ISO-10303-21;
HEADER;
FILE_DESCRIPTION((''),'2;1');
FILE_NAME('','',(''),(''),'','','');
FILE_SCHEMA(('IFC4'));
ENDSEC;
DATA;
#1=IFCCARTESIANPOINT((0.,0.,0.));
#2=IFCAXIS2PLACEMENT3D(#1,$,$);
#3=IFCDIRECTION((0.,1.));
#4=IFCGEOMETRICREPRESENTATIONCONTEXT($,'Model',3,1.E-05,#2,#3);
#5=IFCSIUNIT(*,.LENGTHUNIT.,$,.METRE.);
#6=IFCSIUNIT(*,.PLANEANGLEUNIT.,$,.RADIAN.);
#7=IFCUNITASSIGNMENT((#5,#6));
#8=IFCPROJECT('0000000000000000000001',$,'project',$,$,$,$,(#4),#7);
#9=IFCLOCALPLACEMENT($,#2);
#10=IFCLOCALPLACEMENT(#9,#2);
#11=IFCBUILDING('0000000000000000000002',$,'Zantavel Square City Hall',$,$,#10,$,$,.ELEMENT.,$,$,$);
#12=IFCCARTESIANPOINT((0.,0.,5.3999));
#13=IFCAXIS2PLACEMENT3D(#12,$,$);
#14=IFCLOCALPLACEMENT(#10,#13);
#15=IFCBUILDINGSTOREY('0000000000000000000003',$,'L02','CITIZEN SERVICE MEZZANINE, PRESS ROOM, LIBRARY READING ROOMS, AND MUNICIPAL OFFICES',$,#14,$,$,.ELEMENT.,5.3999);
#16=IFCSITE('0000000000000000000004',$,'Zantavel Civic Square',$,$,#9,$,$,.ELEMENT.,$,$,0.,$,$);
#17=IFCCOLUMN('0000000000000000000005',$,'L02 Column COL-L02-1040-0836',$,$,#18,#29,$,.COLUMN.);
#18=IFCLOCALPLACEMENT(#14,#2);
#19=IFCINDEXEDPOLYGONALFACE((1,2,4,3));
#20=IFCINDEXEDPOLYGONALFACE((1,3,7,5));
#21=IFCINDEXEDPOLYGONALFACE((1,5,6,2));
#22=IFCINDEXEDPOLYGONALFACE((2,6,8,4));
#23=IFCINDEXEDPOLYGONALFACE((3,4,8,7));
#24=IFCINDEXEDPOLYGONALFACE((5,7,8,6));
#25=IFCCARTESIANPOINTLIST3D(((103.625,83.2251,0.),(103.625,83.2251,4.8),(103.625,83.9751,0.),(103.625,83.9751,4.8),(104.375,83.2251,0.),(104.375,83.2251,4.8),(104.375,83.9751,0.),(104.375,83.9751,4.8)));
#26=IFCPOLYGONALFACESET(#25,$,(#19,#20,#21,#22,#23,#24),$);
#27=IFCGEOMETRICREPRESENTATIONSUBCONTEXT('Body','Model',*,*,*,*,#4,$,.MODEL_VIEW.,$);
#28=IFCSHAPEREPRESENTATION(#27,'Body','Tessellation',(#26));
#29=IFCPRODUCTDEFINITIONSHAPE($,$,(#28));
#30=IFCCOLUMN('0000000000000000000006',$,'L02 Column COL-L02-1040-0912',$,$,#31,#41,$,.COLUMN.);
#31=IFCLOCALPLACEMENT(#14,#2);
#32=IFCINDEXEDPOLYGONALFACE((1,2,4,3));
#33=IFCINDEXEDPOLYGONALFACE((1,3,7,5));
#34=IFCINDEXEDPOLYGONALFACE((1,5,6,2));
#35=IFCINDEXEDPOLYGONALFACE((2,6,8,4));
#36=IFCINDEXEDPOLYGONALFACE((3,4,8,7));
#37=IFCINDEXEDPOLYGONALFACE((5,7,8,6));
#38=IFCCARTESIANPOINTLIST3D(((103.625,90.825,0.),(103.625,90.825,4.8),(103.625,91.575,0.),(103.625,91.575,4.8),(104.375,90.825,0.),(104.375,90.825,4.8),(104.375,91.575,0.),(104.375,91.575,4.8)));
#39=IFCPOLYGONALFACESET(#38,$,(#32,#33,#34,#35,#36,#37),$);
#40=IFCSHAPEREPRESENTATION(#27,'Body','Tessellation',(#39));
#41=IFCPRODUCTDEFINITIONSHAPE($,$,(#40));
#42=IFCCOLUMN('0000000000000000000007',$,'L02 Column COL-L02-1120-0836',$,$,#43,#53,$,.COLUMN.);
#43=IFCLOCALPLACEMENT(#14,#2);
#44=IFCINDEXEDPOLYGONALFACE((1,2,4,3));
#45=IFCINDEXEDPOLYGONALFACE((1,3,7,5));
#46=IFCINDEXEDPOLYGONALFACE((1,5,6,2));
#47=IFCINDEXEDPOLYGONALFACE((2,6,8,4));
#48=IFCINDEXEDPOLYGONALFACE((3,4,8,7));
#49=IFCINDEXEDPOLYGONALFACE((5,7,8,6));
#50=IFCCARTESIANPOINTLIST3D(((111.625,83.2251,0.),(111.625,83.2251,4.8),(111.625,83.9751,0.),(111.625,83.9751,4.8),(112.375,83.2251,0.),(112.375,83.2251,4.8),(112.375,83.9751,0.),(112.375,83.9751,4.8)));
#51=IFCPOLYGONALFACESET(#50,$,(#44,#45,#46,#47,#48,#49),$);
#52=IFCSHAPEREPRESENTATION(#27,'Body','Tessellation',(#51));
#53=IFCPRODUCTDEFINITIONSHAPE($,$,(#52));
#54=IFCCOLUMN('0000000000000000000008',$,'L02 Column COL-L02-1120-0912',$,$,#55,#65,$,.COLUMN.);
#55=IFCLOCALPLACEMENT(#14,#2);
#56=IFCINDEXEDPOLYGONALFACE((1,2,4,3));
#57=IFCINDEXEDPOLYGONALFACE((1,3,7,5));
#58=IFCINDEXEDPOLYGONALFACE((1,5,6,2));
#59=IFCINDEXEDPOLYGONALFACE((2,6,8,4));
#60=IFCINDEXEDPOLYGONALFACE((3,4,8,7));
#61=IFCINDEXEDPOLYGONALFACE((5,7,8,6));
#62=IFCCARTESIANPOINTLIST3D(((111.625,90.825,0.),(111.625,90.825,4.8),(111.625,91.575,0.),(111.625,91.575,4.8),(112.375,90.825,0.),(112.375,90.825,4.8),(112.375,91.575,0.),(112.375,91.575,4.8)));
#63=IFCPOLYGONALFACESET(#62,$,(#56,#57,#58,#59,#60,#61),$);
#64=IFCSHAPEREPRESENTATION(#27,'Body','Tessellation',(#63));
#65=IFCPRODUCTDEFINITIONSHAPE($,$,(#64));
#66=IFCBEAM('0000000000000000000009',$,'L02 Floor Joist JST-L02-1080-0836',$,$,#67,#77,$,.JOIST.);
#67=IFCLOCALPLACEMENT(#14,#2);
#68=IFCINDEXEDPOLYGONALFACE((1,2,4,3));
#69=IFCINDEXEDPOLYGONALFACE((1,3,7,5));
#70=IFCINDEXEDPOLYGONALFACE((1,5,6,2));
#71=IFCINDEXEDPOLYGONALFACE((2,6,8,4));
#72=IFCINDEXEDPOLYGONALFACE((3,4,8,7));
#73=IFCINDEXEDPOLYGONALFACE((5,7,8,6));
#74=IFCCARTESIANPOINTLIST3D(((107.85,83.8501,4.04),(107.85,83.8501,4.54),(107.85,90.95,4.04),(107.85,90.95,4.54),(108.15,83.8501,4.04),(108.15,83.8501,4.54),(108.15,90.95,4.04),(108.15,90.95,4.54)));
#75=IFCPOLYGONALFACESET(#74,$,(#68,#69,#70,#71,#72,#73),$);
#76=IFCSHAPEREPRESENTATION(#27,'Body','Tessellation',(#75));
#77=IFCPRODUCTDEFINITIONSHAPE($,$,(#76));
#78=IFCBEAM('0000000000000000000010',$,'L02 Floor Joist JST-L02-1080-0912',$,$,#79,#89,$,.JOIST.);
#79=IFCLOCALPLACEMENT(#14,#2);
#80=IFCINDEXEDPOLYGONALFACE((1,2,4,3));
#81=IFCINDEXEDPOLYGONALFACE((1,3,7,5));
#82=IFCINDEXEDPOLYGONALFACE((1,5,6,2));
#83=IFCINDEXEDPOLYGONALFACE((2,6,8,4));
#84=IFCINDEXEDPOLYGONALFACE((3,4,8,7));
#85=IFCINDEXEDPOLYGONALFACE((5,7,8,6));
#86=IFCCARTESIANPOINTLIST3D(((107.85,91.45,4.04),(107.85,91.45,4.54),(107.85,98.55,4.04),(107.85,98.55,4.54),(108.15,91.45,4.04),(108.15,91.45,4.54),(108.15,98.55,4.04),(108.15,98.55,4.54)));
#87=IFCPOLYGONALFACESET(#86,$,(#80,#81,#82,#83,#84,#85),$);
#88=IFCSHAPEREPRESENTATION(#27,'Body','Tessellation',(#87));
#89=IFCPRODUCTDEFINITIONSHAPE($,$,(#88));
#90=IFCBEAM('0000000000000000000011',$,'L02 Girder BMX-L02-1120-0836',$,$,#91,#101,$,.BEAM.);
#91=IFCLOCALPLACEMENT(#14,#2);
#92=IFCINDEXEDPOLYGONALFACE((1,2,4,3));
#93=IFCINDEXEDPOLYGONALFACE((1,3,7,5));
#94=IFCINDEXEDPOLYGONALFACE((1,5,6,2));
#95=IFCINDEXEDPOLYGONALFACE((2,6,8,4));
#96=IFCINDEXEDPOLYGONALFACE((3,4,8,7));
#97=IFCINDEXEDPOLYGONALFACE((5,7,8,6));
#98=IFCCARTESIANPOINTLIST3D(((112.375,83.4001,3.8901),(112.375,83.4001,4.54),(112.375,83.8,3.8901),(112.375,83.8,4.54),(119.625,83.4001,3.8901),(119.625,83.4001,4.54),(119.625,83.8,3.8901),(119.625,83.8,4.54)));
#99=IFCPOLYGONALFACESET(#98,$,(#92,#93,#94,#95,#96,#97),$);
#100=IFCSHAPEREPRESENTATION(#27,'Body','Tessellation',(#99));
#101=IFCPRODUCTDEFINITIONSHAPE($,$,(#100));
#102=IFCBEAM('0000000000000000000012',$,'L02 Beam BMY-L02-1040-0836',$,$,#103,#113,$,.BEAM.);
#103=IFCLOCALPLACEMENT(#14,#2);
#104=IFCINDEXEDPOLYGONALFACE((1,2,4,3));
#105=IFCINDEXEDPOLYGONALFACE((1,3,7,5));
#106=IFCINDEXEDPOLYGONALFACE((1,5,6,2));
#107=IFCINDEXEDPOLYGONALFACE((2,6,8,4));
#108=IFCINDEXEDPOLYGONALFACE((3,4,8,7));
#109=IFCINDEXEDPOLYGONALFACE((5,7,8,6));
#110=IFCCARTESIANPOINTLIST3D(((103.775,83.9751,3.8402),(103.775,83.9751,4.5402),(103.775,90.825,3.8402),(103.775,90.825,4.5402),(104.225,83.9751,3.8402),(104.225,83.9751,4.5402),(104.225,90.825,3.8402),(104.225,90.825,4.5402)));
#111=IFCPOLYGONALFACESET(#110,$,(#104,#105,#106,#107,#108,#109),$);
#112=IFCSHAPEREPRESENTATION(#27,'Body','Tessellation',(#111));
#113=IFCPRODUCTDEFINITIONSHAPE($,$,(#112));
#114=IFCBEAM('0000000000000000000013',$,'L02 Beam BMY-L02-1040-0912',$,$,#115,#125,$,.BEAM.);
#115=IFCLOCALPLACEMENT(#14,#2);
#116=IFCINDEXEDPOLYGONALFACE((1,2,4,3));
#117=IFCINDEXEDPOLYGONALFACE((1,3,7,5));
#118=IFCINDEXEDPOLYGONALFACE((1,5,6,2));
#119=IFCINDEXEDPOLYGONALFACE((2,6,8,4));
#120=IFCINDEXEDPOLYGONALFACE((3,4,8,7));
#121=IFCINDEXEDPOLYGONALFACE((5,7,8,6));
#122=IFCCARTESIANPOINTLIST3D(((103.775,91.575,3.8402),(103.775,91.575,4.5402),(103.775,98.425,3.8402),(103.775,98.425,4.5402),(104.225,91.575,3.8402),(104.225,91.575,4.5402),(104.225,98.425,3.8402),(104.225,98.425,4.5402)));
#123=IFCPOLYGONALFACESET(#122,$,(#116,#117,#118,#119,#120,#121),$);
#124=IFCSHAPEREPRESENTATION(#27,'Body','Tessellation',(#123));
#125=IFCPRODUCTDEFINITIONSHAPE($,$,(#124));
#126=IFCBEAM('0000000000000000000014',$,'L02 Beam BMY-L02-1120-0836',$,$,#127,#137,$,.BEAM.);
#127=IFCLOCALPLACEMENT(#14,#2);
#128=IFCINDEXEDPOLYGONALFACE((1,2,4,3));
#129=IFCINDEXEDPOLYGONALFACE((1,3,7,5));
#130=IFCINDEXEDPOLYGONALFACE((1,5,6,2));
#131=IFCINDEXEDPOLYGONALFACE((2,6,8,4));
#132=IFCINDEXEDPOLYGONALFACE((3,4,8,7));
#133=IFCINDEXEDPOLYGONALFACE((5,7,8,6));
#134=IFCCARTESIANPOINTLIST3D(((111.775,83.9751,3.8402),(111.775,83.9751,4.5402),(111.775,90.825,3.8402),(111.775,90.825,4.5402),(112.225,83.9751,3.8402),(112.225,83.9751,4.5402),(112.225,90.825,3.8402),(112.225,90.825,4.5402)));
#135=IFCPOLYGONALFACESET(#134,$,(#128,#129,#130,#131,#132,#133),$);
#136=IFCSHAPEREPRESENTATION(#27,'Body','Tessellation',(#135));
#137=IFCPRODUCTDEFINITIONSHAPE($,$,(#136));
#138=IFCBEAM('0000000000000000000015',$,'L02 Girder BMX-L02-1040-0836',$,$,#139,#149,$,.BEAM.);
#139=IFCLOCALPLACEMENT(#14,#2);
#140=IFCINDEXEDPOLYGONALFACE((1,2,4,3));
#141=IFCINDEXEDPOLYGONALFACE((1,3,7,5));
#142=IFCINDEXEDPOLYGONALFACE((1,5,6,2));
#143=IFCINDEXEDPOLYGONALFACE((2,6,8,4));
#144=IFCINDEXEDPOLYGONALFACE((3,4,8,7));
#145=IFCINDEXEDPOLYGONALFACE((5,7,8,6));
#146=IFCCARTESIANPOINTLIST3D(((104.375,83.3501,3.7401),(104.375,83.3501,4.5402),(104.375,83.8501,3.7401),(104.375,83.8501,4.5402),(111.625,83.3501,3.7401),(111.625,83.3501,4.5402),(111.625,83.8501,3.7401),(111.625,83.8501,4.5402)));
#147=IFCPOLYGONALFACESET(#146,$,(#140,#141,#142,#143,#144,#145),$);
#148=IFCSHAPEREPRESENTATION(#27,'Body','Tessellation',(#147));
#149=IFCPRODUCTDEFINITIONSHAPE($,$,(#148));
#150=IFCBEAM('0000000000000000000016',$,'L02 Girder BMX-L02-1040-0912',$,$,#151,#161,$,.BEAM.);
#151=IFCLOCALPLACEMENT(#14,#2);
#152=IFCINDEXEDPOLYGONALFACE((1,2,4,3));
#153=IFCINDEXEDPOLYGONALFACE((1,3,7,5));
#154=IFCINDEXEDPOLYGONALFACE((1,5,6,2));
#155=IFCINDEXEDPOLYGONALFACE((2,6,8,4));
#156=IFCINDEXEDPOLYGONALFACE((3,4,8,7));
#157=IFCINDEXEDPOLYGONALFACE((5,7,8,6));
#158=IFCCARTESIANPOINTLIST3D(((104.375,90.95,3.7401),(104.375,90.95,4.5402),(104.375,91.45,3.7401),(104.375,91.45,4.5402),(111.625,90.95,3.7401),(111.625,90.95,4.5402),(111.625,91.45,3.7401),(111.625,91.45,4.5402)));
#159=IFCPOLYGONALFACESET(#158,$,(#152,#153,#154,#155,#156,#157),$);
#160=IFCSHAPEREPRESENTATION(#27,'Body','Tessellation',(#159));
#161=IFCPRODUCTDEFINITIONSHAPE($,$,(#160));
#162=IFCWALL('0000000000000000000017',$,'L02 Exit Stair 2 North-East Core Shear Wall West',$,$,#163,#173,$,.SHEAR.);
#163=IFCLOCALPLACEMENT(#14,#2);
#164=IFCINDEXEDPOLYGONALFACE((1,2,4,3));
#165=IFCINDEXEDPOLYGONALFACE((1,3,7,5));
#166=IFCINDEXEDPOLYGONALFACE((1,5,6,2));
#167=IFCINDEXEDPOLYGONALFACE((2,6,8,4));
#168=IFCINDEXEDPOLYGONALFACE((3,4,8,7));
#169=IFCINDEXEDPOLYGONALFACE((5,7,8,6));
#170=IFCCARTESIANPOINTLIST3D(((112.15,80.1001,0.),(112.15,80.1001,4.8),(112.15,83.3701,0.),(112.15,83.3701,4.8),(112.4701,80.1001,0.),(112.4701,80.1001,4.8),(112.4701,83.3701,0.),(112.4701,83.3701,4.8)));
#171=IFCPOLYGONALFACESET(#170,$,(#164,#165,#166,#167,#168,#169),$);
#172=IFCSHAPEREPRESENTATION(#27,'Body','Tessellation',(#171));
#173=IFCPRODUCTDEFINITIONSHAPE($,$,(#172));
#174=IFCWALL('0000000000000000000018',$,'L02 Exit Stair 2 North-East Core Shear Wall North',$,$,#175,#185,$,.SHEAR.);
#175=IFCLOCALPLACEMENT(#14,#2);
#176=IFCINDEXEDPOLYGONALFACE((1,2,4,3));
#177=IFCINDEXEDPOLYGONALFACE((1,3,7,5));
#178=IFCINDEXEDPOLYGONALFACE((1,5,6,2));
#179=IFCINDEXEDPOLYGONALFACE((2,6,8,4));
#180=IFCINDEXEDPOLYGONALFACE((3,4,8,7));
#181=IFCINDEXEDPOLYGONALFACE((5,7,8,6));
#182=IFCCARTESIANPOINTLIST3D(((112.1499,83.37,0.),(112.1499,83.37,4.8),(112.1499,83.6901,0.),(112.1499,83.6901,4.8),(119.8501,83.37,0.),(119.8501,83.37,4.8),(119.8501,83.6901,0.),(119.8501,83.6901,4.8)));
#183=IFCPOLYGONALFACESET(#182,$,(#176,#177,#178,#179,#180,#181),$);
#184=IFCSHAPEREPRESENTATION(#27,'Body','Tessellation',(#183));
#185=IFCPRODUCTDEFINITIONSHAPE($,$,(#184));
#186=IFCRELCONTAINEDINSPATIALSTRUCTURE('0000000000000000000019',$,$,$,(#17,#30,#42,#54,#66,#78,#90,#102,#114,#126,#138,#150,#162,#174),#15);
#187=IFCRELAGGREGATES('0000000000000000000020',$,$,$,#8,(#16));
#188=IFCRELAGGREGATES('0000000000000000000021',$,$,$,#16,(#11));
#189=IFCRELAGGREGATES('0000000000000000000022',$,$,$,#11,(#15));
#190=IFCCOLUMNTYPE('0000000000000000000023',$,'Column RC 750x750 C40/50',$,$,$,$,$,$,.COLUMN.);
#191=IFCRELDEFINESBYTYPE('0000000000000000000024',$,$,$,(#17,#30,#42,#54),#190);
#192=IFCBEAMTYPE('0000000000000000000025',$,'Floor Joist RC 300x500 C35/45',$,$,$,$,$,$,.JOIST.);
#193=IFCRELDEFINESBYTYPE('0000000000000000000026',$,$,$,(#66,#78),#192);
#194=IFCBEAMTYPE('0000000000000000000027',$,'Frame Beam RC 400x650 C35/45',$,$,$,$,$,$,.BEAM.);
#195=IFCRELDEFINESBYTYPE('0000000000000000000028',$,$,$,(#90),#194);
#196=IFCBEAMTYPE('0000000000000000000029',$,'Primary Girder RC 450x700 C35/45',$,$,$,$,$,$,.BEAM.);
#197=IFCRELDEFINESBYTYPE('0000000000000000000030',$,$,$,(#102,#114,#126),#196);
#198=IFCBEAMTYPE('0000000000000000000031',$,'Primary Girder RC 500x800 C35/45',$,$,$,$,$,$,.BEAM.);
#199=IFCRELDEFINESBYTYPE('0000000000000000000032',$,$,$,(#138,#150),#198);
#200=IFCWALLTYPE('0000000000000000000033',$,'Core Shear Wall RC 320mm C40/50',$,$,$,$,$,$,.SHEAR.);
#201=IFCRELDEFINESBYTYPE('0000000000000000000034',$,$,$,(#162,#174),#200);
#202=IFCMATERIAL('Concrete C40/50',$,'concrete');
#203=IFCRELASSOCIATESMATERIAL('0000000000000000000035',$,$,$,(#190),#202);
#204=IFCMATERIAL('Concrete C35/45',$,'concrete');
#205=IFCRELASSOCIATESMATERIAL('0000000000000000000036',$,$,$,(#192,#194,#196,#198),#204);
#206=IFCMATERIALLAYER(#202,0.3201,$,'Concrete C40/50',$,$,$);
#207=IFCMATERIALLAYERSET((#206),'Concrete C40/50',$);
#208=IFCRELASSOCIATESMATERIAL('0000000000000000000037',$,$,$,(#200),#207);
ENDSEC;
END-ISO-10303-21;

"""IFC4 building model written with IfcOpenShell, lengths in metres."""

from ifc_helpers import new_model, si_unit, direction, frame, frame_2d, origin, origin_2d, place, context, subcontext, project, spatial, rectangle, extrude, material, layer, layer_set, material_profile, profile_set, type_object, element, save


model = new_model("IFC4")

# Units and contexts
model_context = context("Model", 3, precision=1e-05, world=origin(), true_north=direction((0.0, 1.0)))
body_context = subcontext(model_context, "Body", "Model", "MODEL_VIEW")
ifc_project = project(units=[si_unit("LENGTHUNIT", "METRE"), si_unit("PLANEANGLEUNIT", "RADIAN")], contexts=[model_context])

# Site, building, storey
site_placement = place(None, origin())
site = spatial("IfcSite", under=ifc_project, at=site_placement, Name="Zantavel Civic Square", CompositionType="ELEMENT", RefElevation=0.0)
building_placement = place(site_placement, origin())
building = spatial("IfcBuilding", under=site, at=building_placement, Name="Zantavel Square City Hall", CompositionType="ELEMENT")
storey_placement = place(building_placement, frame((0.0, 0.0, 5.3999)))
storey = spatial("IfcBuildingStorey", under=building, at=storey_placement, Name="L02", Description="CITIZEN SERVICE MEZZANINE, PRESS ROOM, LIBRARY READING ROOMS, AND MUNICIPAL OFFICES", CompositionType="ELEMENT", Elevation=5.3999)

# Columns
ifc_material_1 = material(Name="Concrete C40/50", Category="concrete")
ifc_material_profile_1 = material_profile(ifc_material_1, rectangle(XDim=0.75, YDim=0.75, at=origin_2d()), Name="RC 750x750")
ifc_profile_set_1 = profile_set([ifc_material_profile_1], Name="Concrete C40/50")
column_type = type_object("IfcColumnType", Name="Column RC 750x750 C40/50", PredefinedType="COLUMN", material=ifc_profile_set_1)
for number, where, z_axis, x_axis, name in (
    (1, (104.0, 83.6001, 0.0), (0.0, 0.0, 1.0), (1.0, 0.0, 0.0), "L02 Column COL-L02-1040-0836"),
    (2, (104.0, 91.2, 0.0), (0.0, 0.0, 1.0), (1.0, 0.0, 0.0), "L02 Column COL-L02-1040-0912"),
    (3, (112.0, 83.6001, 0.0), (0.0, 0.0, 1.0), (1.0, 0.0, 0.0), "L02 Column COL-L02-1120-0836"),
    (4, (112.0, 91.2, 0.0), (0.0, 0.0, 1.0), (1.0, 0.0, 0.0), "L02 Column COL-L02-1120-0912"),
):
    element("IfcColumn", number, at=place(storey_placement, frame(where, z_axis=z_axis, x_axis=x_axis)), inside=storey, type_object=column_type, Name=name, PredefinedType="COLUMN", context=body_context, shape_type="SweptSolid", body=[
        extrude(rectangle(XDim=0.75, YDim=0.75, at=origin_2d()), origin(), (0.0, 0.0, 1.0), 4.8),
    ])

# Beams
ifc_material_2 = material(Name="Concrete C35/45", Category="concrete")
ifc_material_profile_2 = material_profile(ifc_material_2, rectangle(XDim=0.3, YDim=0.5, at=origin_2d()), Name="RC 300x500")
ifc_profile_set_2 = profile_set([ifc_material_profile_2], Name="Concrete C35/45")
beam_type_1 = type_object("IfcBeamType", Name="Floor Joist RC 300x500 C35/45", PredefinedType="JOIST", material=ifc_profile_set_2)
beam_1_placement = place(storey_placement, frame((108.0, 83.8501, 4.29), z_axis=(0.0, 1.0, 0.0), x_axis=(-1.0, 0.0, 0.0)))
element("IfcBeam", 5, at=beam_1_placement, inside=storey, type_object=beam_type_1, Name="L02 Floor Joist JST-L02-1080-0836", PredefinedType="JOIST", context=body_context, shape_type="SweptSolid", body=[
    extrude(rectangle(XDim=0.3, YDim=0.5, at=origin_2d()), origin(), (0.0, 0.0, 1.0), 7.0999),
])
beam_2_placement = place(storey_placement, frame((108.0, 91.45, 4.29), z_axis=(0.0, 1.0, 0.0), x_axis=(-1.0, 0.0, 0.0)))
element("IfcBeam", 6, at=beam_2_placement, inside=storey, type_object=beam_type_1, Name="L02 Floor Joist JST-L02-1080-0912", PredefinedType="JOIST", context=body_context, shape_type="SweptSolid", body=[
    extrude(rectangle(XDim=0.3, YDim=0.5, at=origin_2d()), origin(), (0.0, 0.0, 1.0), 7.1001),
])
ifc_material_profile_3 = material_profile(ifc_material_2, rectangle(XDim=0.3999, YDim=0.6499, at=origin_2d()), Name="RC 400x650")
ifc_profile_set_3 = profile_set([ifc_material_profile_3], Name="Concrete C35/45")
beam_type_2 = type_object("IfcBeamType", Name="Frame Beam RC 400x650 C35/45", PredefinedType="BEAM", material=ifc_profile_set_3)
beam_3_placement = place(storey_placement, frame((112.375, 83.6001, 4.2151), z_axis=(1.0, 0.0, 0.0), x_axis=(0.0, 1.0, 0.0)))
element("IfcBeam", 7, at=beam_3_placement, inside=storey, type_object=beam_type_2, Name="L02 Girder BMX-L02-1120-0836", PredefinedType="BEAM", context=body_context, shape_type="SweptSolid", body=[
    extrude(rectangle(XDim=0.3999, YDim=0.6499, at=origin_2d()), origin(), (0.0, 0.0, 1.0), 7.25),
])
ifc_material_profile_4 = material_profile(ifc_material_2, rectangle(XDim=0.45, YDim=0.7, at=origin_2d()), Name="RC 450x700")
ifc_profile_set_4 = profile_set([ifc_material_profile_4], Name="Concrete C35/45")
beam_type_3 = type_object("IfcBeamType", Name="Primary Girder RC 450x700 C35/45", PredefinedType="BEAM", material=ifc_profile_set_4)
beam_4_placement = place(storey_placement, frame((104.0, 83.9751, 4.1902), z_axis=(0.0, 1.0, 0.0), x_axis=(-1.0, 0.0, 0.0)))
element("IfcBeam", 8, at=beam_4_placement, inside=storey, type_object=beam_type_3, Name="L02 Beam BMY-L02-1040-0836", PredefinedType="BEAM", context=body_context, shape_type="SweptSolid", body=[
    extrude(rectangle(XDim=0.45, YDim=0.7, at=origin_2d()), origin(), (0.0, 0.0, 1.0), 6.8499),
])
beam_5_placement = place(storey_placement, frame((104.0, 91.575, 4.1902), z_axis=(0.0, 1.0, 0.0), x_axis=(-1.0, 0.0, 0.0)))
element("IfcBeam", 9, at=beam_5_placement, inside=storey, type_object=beam_type_3, Name="L02 Beam BMY-L02-1040-0912", PredefinedType="BEAM", context=body_context, shape_type="SweptSolid", body=[
    extrude(rectangle(XDim=0.45, YDim=0.7, at=origin_2d()), origin(), (0.0, 0.0, 1.0), 6.8501),
])
beam_6_placement = place(storey_placement, frame((112.0, 83.9751, 4.1902), z_axis=(0.0, 1.0, 0.0), x_axis=(-1.0, 0.0, 0.0)))
element("IfcBeam", 10, at=beam_6_placement, inside=storey, type_object=beam_type_3, Name="L02 Beam BMY-L02-1120-0836", PredefinedType="BEAM", context=body_context, shape_type="SweptSolid", body=[
    extrude(rectangle(XDim=0.45, YDim=0.7, at=origin_2d()), origin(), (0.0, 0.0, 1.0), 6.8499),
])
ifc_material_profile_5 = material_profile(ifc_material_2, rectangle(XDim=0.5, YDim=0.8, at=origin_2d()), Name="RC 500x800")
ifc_profile_set_5 = profile_set([ifc_material_profile_5], Name="Concrete C35/45")
beam_type_4 = type_object("IfcBeamType", Name="Primary Girder RC 500x800 C35/45", PredefinedType="BEAM", material=ifc_profile_set_5)
for number, where, z_axis, x_axis, name in (
    (11, (104.375, 83.6001, 4.1401), (1.0, 0.0, 0.0), (0.0, 1.0, 0.0), "L02 Girder BMX-L02-1040-0836"),
    (12, (104.375, 91.2, 4.1401), (1.0, 0.0, 0.0), (0.0, 1.0, 0.0), "L02 Girder BMX-L02-1040-0912"),
):
    element("IfcBeam", number, at=place(storey_placement, frame(where, z_axis=z_axis, x_axis=x_axis)), inside=storey, type_object=beam_type_4, Name=name, PredefinedType="BEAM", context=body_context, shape_type="SweptSolid", body=[
        extrude(rectangle(XDim=0.5, YDim=0.8, at=origin_2d()), origin(), (0.0, 0.0, 1.0), 7.25),
    ])

# Walls
ifc_layer_1 = layer(ifc_material_1, 0.3201, Name="Concrete C40/50")
ifc_layer_set_1 = layer_set([ifc_layer_1], Name="Concrete C40/50")
wall_type_1 = type_object("IfcWallType", Name="Core Shear Wall RC 320mm C40/50", PredefinedType="SHEAR", material=ifc_layer_set_1)
wall_1_placement = place(storey_placement, frame((112.3101, 80.1001, 0.0), z_axis=(0.0, 0.0, 1.0), x_axis=(0.0, 1.0, 0.0)))
element("IfcWall", 13, at=wall_1_placement, inside=storey, type_object=wall_type_1, Name="L02 Exit Stair 2 North-East Core Shear Wall West", PredefinedType="SHEAR", context=body_context, shape_type="SweptSolid", body=[
    extrude(rectangle(XDim=3.27, YDim=0.3201, at=frame_2d((1.635, 0.0))), origin(), (0.0, 0.0, 1.0), 4.8),
])
wall_2_placement = place(storey_placement, frame((112.1499, 83.53, 0.0), z_axis=(0.0, 0.0, 1.0), x_axis=(1.0, 0.0, 0.0)))
element("IfcWall", 14, at=wall_2_placement, inside=storey, type_object=wall_type_1, Name="L02 Exit Stair 2 North-East Core Shear Wall North", PredefinedType="SHEAR", context=body_context, shape_type="SweptSolid", body=[
    extrude(rectangle(XDim=7.7002, YDim=0.3201, at=frame_2d((3.8501, 0.0))), origin(), (0.0, 0.0, 1.0), 4.8),
])

save(model, "model.ifc")
